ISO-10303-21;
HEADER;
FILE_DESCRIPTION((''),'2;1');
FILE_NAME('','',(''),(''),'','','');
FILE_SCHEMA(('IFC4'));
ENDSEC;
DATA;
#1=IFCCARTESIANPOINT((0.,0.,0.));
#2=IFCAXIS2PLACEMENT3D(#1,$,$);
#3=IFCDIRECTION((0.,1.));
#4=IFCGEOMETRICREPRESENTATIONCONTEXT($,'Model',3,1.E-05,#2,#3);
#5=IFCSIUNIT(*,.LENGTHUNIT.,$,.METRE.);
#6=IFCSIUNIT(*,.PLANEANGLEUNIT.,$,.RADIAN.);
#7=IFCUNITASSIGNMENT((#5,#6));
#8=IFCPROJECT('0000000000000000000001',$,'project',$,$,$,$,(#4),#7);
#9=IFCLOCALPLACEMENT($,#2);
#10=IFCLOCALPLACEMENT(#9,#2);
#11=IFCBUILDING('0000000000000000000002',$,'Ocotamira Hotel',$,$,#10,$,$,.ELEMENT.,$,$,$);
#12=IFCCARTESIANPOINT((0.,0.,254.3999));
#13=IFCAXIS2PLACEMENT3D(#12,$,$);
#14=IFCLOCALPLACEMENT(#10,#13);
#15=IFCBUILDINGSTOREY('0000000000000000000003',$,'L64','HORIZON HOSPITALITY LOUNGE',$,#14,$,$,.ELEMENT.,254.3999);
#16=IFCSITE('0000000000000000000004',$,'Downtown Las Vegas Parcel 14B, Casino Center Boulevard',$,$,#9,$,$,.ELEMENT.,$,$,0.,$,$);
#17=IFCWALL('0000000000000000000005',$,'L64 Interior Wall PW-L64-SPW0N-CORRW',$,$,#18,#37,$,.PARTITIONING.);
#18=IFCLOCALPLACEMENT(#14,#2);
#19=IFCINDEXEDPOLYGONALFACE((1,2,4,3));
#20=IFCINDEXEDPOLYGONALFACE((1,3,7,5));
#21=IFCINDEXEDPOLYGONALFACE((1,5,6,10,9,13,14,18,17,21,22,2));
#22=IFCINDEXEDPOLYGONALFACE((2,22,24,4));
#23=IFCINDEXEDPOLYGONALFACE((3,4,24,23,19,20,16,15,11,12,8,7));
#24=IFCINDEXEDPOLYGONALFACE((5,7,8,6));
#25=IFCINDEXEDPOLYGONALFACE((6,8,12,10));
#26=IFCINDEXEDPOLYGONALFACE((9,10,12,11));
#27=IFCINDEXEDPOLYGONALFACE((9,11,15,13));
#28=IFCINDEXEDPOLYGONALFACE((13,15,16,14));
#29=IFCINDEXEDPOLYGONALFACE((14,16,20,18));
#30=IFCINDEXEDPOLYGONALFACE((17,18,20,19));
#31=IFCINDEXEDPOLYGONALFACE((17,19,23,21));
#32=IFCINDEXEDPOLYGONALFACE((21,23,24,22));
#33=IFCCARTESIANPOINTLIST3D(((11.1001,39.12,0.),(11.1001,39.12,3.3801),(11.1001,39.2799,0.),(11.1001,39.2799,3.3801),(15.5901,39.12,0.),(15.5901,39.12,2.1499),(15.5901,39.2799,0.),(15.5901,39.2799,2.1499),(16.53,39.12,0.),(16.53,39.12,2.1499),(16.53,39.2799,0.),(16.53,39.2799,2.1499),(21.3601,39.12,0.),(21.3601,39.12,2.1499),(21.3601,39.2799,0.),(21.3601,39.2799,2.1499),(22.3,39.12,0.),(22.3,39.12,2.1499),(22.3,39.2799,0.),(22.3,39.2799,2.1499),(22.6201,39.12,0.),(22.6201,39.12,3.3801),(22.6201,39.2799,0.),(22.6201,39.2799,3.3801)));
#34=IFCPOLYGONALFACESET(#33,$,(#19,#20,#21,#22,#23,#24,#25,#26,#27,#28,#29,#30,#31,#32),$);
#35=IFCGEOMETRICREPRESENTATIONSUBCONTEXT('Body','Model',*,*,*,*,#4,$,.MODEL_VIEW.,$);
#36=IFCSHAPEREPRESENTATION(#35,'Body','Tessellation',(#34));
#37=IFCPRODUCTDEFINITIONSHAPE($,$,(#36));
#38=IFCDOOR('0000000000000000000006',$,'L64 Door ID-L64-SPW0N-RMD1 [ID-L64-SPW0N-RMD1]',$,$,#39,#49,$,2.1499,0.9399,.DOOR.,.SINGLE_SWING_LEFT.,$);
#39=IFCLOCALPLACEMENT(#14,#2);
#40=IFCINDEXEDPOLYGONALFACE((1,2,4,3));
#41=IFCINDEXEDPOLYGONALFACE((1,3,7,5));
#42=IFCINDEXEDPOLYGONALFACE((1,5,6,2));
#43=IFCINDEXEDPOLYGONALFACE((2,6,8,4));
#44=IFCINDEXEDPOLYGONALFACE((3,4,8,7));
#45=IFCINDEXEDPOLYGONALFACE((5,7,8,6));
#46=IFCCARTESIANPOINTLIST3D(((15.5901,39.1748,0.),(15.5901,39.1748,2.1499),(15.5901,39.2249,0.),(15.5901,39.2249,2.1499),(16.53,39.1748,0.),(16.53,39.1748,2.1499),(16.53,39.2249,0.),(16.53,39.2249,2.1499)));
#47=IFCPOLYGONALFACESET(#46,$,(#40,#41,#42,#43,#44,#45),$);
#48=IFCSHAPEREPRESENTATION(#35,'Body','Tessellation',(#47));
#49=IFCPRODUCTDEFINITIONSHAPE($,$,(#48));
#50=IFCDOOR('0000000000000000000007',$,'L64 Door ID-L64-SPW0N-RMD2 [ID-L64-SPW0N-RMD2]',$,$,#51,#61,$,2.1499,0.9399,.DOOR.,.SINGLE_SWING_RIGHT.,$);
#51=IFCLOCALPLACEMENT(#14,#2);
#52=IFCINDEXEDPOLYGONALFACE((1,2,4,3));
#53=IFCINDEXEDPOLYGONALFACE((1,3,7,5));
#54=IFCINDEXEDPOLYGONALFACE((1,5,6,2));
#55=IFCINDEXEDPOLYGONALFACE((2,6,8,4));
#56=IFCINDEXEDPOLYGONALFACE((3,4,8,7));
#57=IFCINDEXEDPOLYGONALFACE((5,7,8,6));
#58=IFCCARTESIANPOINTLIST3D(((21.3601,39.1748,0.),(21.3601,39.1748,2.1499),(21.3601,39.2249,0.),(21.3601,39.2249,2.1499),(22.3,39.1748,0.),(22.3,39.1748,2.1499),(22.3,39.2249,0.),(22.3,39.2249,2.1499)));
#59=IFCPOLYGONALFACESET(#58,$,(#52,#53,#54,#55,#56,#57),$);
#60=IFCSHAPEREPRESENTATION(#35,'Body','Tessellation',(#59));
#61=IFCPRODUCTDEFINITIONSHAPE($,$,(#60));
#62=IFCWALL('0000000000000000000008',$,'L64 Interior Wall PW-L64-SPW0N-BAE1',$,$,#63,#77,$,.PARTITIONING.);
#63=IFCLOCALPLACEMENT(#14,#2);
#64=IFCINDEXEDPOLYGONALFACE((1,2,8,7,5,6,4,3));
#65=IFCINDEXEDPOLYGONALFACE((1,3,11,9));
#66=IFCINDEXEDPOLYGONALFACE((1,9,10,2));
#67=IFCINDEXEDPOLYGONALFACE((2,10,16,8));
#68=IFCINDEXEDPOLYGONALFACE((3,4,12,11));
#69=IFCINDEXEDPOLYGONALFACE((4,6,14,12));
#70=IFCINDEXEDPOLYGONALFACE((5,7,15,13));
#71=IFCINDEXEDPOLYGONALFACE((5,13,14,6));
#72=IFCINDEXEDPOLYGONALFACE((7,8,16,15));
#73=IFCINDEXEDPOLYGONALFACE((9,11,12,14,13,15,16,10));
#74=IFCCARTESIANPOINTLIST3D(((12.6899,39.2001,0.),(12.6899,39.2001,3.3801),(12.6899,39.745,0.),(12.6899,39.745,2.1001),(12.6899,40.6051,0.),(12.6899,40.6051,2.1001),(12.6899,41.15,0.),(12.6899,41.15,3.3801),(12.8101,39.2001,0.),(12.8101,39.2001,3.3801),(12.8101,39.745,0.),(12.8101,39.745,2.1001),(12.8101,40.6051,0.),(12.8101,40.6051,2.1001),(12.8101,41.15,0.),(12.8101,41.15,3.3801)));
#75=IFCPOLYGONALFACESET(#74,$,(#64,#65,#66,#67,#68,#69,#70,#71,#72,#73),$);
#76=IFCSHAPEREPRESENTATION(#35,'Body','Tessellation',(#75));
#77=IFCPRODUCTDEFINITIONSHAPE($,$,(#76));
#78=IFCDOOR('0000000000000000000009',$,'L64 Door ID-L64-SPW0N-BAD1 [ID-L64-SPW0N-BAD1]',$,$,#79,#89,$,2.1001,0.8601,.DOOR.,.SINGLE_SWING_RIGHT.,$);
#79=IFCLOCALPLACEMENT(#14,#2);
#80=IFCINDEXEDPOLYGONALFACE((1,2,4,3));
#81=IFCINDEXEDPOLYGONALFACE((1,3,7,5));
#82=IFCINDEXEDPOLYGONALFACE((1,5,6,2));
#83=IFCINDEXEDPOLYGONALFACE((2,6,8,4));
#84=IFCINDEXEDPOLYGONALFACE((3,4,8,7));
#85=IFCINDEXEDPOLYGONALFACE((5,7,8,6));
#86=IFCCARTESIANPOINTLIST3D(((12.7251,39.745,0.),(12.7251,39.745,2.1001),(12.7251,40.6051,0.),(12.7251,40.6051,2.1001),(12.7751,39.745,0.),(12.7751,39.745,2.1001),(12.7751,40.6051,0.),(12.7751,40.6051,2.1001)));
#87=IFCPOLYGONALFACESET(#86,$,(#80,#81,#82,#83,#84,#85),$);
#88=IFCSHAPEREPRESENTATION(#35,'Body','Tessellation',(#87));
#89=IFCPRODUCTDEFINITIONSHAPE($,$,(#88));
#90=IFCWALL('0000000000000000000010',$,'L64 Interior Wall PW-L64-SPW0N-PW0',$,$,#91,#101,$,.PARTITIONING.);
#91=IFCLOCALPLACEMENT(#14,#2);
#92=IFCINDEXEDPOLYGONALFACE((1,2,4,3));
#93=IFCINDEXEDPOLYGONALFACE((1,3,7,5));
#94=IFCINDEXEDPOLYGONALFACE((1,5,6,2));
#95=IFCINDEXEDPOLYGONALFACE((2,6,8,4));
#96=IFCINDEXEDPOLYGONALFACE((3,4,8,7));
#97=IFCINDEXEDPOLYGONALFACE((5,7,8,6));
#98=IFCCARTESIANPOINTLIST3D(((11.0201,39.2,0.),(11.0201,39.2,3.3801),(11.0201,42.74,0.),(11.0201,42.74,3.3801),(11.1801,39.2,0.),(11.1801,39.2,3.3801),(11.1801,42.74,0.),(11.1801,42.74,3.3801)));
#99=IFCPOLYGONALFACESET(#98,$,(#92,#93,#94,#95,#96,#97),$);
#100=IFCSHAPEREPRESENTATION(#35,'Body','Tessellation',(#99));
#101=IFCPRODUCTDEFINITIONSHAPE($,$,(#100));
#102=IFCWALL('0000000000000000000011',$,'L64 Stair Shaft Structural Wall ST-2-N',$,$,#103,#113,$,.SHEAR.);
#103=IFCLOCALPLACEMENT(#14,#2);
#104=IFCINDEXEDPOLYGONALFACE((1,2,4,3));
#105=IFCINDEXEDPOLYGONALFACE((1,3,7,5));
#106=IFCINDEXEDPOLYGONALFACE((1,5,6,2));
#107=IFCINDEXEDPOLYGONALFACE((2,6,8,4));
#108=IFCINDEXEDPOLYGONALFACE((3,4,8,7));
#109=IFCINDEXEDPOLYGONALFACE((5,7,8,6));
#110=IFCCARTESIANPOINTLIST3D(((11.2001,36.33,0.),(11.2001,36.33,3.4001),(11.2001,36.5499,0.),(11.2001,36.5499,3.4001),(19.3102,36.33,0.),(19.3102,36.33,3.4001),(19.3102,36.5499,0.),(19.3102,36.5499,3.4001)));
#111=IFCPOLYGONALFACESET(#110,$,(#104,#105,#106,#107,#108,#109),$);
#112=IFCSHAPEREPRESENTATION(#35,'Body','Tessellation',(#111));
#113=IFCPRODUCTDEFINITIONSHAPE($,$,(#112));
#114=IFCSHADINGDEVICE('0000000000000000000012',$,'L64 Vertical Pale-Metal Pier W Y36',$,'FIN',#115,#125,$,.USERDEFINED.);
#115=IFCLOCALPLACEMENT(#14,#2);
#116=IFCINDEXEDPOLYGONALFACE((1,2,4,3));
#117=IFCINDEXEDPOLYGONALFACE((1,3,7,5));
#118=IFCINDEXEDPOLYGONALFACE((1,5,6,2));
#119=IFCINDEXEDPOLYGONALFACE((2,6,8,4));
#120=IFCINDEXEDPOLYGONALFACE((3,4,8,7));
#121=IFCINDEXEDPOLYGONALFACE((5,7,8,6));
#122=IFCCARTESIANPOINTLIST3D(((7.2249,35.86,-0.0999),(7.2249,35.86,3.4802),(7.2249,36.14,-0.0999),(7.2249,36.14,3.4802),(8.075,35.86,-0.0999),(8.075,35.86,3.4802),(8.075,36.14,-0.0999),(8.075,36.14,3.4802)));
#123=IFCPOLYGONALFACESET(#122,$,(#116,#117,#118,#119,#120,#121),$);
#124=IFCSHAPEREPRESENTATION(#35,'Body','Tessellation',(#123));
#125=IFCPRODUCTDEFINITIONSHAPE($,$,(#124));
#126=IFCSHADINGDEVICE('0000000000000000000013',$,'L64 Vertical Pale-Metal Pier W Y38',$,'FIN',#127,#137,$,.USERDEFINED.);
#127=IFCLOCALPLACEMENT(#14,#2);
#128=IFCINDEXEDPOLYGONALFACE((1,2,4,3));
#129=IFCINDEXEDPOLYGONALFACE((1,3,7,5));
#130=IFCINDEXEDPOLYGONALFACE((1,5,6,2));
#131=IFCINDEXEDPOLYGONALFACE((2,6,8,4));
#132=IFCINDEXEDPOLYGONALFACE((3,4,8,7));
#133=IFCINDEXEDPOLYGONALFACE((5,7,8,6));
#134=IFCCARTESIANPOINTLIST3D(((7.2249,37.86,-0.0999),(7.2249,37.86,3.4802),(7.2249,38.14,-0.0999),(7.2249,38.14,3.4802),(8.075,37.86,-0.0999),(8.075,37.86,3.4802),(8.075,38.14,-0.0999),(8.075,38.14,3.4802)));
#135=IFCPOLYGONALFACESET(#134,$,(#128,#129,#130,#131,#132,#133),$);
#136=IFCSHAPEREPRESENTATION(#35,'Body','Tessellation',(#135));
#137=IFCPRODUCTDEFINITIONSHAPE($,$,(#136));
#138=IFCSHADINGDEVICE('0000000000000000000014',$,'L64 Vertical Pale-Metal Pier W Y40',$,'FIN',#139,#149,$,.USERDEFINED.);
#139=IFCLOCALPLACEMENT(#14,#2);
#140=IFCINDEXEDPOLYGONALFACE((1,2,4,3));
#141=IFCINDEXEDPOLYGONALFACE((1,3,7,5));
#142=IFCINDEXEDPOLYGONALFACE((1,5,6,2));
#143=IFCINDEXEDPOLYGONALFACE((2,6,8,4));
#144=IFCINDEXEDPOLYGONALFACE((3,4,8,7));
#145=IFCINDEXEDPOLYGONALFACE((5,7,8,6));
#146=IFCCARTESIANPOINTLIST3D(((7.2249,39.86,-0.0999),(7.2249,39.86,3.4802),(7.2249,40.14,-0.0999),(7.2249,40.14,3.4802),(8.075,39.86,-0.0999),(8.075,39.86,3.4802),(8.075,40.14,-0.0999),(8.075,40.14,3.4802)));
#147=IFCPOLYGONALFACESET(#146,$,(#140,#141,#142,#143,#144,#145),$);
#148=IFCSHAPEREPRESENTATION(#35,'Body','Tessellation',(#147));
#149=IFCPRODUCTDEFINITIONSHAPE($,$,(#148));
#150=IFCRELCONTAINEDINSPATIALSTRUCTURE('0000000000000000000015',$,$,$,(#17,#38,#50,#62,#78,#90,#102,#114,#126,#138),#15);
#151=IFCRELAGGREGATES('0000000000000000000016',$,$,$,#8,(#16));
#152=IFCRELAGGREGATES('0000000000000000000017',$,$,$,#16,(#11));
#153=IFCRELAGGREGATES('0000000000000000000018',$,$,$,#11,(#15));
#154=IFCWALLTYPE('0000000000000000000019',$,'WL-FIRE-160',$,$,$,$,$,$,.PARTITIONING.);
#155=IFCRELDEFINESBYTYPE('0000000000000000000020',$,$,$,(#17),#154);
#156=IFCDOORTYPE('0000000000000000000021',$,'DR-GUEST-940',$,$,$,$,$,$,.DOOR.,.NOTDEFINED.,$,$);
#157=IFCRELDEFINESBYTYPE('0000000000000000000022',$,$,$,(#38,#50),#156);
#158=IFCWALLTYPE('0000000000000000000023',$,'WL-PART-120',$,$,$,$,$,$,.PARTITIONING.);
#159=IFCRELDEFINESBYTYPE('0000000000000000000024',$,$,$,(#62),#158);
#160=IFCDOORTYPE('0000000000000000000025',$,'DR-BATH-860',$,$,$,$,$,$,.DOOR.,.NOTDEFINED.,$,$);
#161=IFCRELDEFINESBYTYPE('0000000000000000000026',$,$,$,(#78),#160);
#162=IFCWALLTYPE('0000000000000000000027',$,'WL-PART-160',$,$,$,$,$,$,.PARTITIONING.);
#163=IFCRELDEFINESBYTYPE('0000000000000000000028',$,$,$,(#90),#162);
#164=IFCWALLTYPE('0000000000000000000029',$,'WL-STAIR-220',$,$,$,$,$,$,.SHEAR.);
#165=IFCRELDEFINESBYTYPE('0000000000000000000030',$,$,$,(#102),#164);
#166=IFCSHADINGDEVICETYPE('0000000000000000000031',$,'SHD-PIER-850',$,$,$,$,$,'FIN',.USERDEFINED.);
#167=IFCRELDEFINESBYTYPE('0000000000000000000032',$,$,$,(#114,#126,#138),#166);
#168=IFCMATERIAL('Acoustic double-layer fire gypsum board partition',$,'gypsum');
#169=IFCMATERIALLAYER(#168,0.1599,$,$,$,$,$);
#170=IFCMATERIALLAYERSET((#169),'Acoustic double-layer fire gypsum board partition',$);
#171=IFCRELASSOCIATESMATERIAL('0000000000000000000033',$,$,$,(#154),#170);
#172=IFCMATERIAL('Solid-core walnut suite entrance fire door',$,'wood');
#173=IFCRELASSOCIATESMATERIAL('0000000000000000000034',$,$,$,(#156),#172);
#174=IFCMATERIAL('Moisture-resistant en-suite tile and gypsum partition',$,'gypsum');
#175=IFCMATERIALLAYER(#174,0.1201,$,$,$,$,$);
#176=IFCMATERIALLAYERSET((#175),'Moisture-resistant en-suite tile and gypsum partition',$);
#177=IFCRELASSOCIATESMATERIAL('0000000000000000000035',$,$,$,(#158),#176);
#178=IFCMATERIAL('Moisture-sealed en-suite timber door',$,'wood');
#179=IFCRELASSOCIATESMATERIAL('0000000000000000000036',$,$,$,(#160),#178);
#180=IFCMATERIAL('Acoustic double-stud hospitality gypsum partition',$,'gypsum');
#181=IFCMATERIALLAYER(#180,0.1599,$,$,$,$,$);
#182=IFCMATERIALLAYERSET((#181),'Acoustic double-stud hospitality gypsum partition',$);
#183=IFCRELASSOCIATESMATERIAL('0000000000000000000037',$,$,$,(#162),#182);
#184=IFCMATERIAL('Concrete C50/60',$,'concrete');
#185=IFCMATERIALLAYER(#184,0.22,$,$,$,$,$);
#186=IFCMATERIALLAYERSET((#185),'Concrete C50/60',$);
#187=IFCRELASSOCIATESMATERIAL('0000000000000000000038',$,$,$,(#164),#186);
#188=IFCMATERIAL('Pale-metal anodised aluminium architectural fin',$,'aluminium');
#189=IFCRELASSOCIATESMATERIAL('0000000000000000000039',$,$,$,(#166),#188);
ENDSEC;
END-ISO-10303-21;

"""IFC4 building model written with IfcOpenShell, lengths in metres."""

from ifc_helpers import new_model, si_unit, direction, frame, frame_2d, origin, origin_2d, place, context, subcontext, project, spatial, rectangle, extrude, source, transform, mapped, material, layer, layer_set, type_object, element, fill, save


model = new_model("IFC4")

# Units and contexts
model_context = context("Model", 3, precision=1e-05, world=origin(), true_north=direction((0.0, 1.0)))
body_context = subcontext(model_context, "Body", "Model", "MODEL_VIEW")
ifc_project = project(units=[si_unit("LENGTHUNIT", "METRE"), si_unit("PLANEANGLEUNIT", "RADIAN")], contexts=[model_context])

# Site, building, storey
site_placement = place(None, origin())
site = spatial("IfcSite", under=ifc_project, at=site_placement, Name="Downtown Las Vegas Parcel 14B, Casino Center Boulevard", CompositionType="ELEMENT", RefElevation=0.0)
building_placement = place(site_placement, origin())
building = spatial("IfcBuilding", under=site, at=building_placement, Name="Ocotamira Hotel", CompositionType="ELEMENT")
storey_placement = place(building_placement, frame((0.0, 0.0, 254.3999)))
storey = spatial("IfcBuildingStorey", under=building, at=storey_placement, Name="L64", Description="HORIZON HOSPITALITY LOUNGE", CompositionType="ELEMENT", Elevation=254.3999)

# Shared definitions
ifc_material_1 = material(Name="Concrete C50/60", Category="concrete")

# Wall, openings, doors
ifc_material_2 = material(Name="Acoustic double-layer fire gypsum board partition", Category="gypsum")
ifc_layer_1 = layer(ifc_material_2, 0.1599)
ifc_layer_set_1 = layer_set([ifc_layer_1], Name="Acoustic double-layer fire gypsum board partition")
wall_type_1 = type_object("IfcWallType", Name="WL-FIRE-160", PredefinedType="PARTITIONING", material=ifc_layer_set_1)
wall_1_placement = place(storey_placement, frame((11.1001, 39.2, 0.0), z_axis=(0.0, 0.0, 1.0), x_axis=(1.0, 0.0, 0.0)))
wall_1 = element("IfcWall", 1, at=wall_1_placement, inside=storey, type_object=wall_type_1, Name="L64 Interior Wall PW-L64-SPW0N-CORRW", PredefinedType="PARTITIONING", context=body_context, shape_type="SweptSolid", body=[
    extrude(rectangle(XDim=11.52, YDim=0.1599, at=frame_2d((5.76, 0.0))), origin(), (0.0, 0.0, 1.0), 3.3801),
])
opening_1_placement = place(wall_1_placement, frame((4.49, 0.0, 0.0)))
opening_1 = element("IfcOpeningElement", 2, at=opening_1_placement, cuts=wall_1, PredefinedType="OPENING", context=body_context, shape_type="SweptSolid", body=[
    extrude(rectangle(XDim=0.9399, YDim=2.1499, at=frame_2d((0.47, 1.075))), frame((0.0, 0.0898, 0.0), z_axis=(0.0, -1.0, 0.0), x_axis=(1.0, 0.0, 0.0)), (0.0, 0.0, 1.0), 0.1799),
])
opening_2_placement = place(wall_1_placement, frame((10.26, 0.0, 0.0)))
opening_2 = element("IfcOpeningElement", 3, at=opening_2_placement, cuts=wall_1, PredefinedType="OPENING", context=body_context, shape_type="SweptSolid", body=[
    extrude(rectangle(XDim=0.9399, YDim=2.1499, at=frame_2d((0.47, 1.075))), frame((0.0, 0.0898, 0.0), z_axis=(0.0, -1.0, 0.0), x_axis=(1.0, 0.0, 0.0)), (0.0, 0.0, 1.0), 0.1799),
])
ifc_material_3 = material(Name="Solid-core walnut suite entrance fire door", Category="wood")
door_type_1 = type_object("IfcDoorType", Name="DR-GUEST-940", OperationType="NOTDEFINED", PredefinedType="DOOR", material=ifc_material_3)
shared_shape_1 = source(origin(), body_context, "Body", "SweptSolid", [
    extrude(rectangle(XDim=0.9399, YDim=2.1499, at=frame_2d((0.47, 1.075))), frame((0.0, 0.0249, 0.0), z_axis=(0.0, -1.0, 0.0), x_axis=(1.0, 0.0, 0.0)), (0.0, 0.0, 1.0), 0.05),
])
door_1_placement = place(opening_1_placement, origin())
door_1 = element("IfcDoor", 4, at=door_1_placement, inside=storey, type_object=door_type_1, Name="L64 Door ID-L64-SPW0N-RMD1 [ID-L64-SPW0N-RMD1]", OperationType="SINGLE_SWING_LEFT", OverallHeight=2.1499, OverallWidth=0.9399, PredefinedType="DOOR", context=body_context, shape_type="MappedRepresentation", body=[
    mapped(shared_shape_1, transform((0.0, 0.0, 0.0), scale=1.0)),
])
fill(opening_1, door_1)
door_2_placement = place(opening_2_placement, origin())
door_2 = element("IfcDoor", 5, at=door_2_placement, inside=storey, type_object=door_type_1, Name="L64 Door ID-L64-SPW0N-RMD2 [ID-L64-SPW0N-RMD2]", OperationType="SINGLE_SWING_RIGHT", OverallHeight=2.1499, OverallWidth=0.9399, PredefinedType="DOOR", context=body_context, shape_type="MappedRepresentation", body=[
    mapped(shared_shape_1, transform((0.0, 0.0, 0.0), scale=1.0)),
])
fill(opening_2, door_2)

# Wall, opening, door
ifc_material_4 = material(Name="Moisture-resistant en-suite tile and gypsum partition", Category="gypsum")
ifc_layer_2 = layer(ifc_material_4, 0.1201)
ifc_layer_set_2 = layer_set([ifc_layer_2], Name="Moisture-resistant en-suite tile and gypsum partition")
wall_type_2 = type_object("IfcWallType", Name="WL-PART-120", PredefinedType="PARTITIONING", material=ifc_layer_set_2)
wall_2_placement = place(storey_placement, frame((12.75, 39.2, 0.0), z_axis=(0.0, 0.0, 1.0), x_axis=(0.0, 1.0, 0.0)))
wall_2 = element("IfcWall", 6, at=wall_2_placement, inside=storey, type_object=wall_type_2, Name="L64 Interior Wall PW-L64-SPW0N-BAE1", PredefinedType="PARTITIONING", context=body_context, shape_type="SweptSolid", body=[
    extrude(rectangle(XDim=1.95, YDim=0.1201, at=frame_2d((0.9751, 0.0))), origin(), (0.0, 0.0, 1.0), 3.3801),
])
opening_3_placement = place(wall_2_placement, frame((0.5449, 0.0, 0.0)))
opening_3 = element("IfcOpeningElement", 7, at=opening_3_placement, cuts=wall_2, PredefinedType="OPENING", context=body_context, shape_type="SweptSolid", body=[
    extrude(rectangle(XDim=0.8601, YDim=2.1001, at=frame_2d((0.4302, 1.05))), frame((0.0, 0.0701, 0.0), z_axis=(0.0, -1.0, 0.0), x_axis=(1.0, 0.0, 0.0)), (0.0, 0.0, 1.0), 0.1401),
])
ifc_material_5 = material(Name="Moisture-sealed en-suite timber door", Category="wood")
door_type_2 = type_object("IfcDoorType", Name="DR-BATH-860", OperationType="NOTDEFINED", PredefinedType="DOOR", material=ifc_material_5)
shared_shape_2 = source(origin(), body_context, "Body", "SweptSolid", [
    extrude(rectangle(XDim=0.8601, YDim=2.1001, at=frame_2d((0.4302, 1.05))), frame((0.0, 0.0249, 0.0), z_axis=(0.0, -1.0, 0.0), x_axis=(1.0, 0.0, 0.0)), (0.0, 0.0, 1.0), 0.05),
])
door_3_placement = place(opening_3_placement, origin())
door_3 = element("IfcDoor", 8, at=door_3_placement, inside=storey, type_object=door_type_2, Name="L64 Door ID-L64-SPW0N-BAD1 [ID-L64-SPW0N-BAD1]", OperationType="SINGLE_SWING_RIGHT", OverallHeight=2.1001, OverallWidth=0.8601, PredefinedType="DOOR", context=body_context, shape_type="MappedRepresentation", body=[
    mapped(shared_shape_2, transform((0.0, 0.0, 0.0), scale=1.0)),
])
fill(opening_3, door_3)

# Walls
ifc_material_6 = material(Name="Acoustic double-stud hospitality gypsum partition", Category="gypsum")
ifc_layer_3 = layer(ifc_material_6, 0.1599)
ifc_layer_set_3 = layer_set([ifc_layer_3], Name="Acoustic double-stud hospitality gypsum partition")
wall_type_3 = type_object("IfcWallType", Name="WL-PART-160", PredefinedType="PARTITIONING", material=ifc_layer_set_3)
wall_3_placement = place(storey_placement, frame((11.1001, 39.2, 0.0), z_axis=(0.0, 0.0, 1.0), x_axis=(0.0, 1.0, 0.0)))
element("IfcWall", 9, at=wall_3_placement, inside=storey, type_object=wall_type_3, Name="L64 Interior Wall PW-L64-SPW0N-PW0", PredefinedType="PARTITIONING", context=body_context, shape_type="SweptSolid", body=[
    extrude(rectangle(XDim=3.54, YDim=0.1599, at=frame_2d((1.77, 0.0))), origin(), (0.0, 0.0, 1.0), 3.3801),
])
ifc_layer_4 = layer(ifc_material_1, 0.22)
ifc_layer_set_4 = layer_set([ifc_layer_4], Name="Concrete C50/60")
wall_type_4 = type_object("IfcWallType", Name="WL-STAIR-220", PredefinedType="SHEAR", material=ifc_layer_set_4)
wall_4_placement = place(storey_placement, frame((11.2, 36.4399, 0.0), z_axis=(0.0, 0.0, 1.0), x_axis=(1.0, 0.0, 0.0)))
element("IfcWall", 10, at=wall_4_placement, inside=storey, type_object=wall_type_4, Name="L64 Stair Shaft Structural Wall ST-2-N", PredefinedType="SHEAR", context=body_context, shape_type="SweptSolid", body=[
    extrude(rectangle(XDim=8.1101, YDim=0.22, at=frame_2d((4.0552, 0.0))), origin(), (0.0, 0.0, 1.0), 3.4001),
])

# Shading devices
ifc_material_7 = material(Name="Pale-metal anodised aluminium architectural fin", Category="aluminium")
shading_device_type = type_object("IfcShadingDeviceType", Name="SHD-PIER-850", ElementType="FIN", PredefinedType="USERDEFINED", material=ifc_material_7)
shared_shape_3 = source(origin(), body_context, "Body", "SweptSolid", [
    extrude(rectangle(XDim=0.8501, YDim=0.28, at=origin_2d()), origin(), (0.0, 0.0, 1.0), 3.5801),
])
for number, where, z_axis, x_axis, name in (
    (11, (7.6499, 36.0, -0.0999), (0.0, 0.0, 1.0), (1.0, 0.0, 0.0), "L64 Vertical Pale-Metal Pier W Y36"),
    (12, (7.6499, 38.0, -0.0999), (0.0, 0.0, 1.0), (1.0, 0.0, 0.0), "L64 Vertical Pale-Metal Pier W Y38"),
    (13, (7.6499, 40.0, -0.0999), (0.0, 0.0, 1.0), (1.0, 0.0, 0.0), "L64 Vertical Pale-Metal Pier W Y40"),
):
    element("IfcShadingDevice", number, at=place(storey_placement, frame(where, z_axis=z_axis, x_axis=x_axis)), inside=storey, type_object=shading_device_type, Name=name, ObjectType="FIN", PredefinedType="USERDEFINED", context=body_context, shape_type="MappedRepresentation", body=[
        mapped(shared_shape_3, transform((0.0, 0.0, 0.0), scale=1.0)),
    ])

save(model, "model.ifc")
